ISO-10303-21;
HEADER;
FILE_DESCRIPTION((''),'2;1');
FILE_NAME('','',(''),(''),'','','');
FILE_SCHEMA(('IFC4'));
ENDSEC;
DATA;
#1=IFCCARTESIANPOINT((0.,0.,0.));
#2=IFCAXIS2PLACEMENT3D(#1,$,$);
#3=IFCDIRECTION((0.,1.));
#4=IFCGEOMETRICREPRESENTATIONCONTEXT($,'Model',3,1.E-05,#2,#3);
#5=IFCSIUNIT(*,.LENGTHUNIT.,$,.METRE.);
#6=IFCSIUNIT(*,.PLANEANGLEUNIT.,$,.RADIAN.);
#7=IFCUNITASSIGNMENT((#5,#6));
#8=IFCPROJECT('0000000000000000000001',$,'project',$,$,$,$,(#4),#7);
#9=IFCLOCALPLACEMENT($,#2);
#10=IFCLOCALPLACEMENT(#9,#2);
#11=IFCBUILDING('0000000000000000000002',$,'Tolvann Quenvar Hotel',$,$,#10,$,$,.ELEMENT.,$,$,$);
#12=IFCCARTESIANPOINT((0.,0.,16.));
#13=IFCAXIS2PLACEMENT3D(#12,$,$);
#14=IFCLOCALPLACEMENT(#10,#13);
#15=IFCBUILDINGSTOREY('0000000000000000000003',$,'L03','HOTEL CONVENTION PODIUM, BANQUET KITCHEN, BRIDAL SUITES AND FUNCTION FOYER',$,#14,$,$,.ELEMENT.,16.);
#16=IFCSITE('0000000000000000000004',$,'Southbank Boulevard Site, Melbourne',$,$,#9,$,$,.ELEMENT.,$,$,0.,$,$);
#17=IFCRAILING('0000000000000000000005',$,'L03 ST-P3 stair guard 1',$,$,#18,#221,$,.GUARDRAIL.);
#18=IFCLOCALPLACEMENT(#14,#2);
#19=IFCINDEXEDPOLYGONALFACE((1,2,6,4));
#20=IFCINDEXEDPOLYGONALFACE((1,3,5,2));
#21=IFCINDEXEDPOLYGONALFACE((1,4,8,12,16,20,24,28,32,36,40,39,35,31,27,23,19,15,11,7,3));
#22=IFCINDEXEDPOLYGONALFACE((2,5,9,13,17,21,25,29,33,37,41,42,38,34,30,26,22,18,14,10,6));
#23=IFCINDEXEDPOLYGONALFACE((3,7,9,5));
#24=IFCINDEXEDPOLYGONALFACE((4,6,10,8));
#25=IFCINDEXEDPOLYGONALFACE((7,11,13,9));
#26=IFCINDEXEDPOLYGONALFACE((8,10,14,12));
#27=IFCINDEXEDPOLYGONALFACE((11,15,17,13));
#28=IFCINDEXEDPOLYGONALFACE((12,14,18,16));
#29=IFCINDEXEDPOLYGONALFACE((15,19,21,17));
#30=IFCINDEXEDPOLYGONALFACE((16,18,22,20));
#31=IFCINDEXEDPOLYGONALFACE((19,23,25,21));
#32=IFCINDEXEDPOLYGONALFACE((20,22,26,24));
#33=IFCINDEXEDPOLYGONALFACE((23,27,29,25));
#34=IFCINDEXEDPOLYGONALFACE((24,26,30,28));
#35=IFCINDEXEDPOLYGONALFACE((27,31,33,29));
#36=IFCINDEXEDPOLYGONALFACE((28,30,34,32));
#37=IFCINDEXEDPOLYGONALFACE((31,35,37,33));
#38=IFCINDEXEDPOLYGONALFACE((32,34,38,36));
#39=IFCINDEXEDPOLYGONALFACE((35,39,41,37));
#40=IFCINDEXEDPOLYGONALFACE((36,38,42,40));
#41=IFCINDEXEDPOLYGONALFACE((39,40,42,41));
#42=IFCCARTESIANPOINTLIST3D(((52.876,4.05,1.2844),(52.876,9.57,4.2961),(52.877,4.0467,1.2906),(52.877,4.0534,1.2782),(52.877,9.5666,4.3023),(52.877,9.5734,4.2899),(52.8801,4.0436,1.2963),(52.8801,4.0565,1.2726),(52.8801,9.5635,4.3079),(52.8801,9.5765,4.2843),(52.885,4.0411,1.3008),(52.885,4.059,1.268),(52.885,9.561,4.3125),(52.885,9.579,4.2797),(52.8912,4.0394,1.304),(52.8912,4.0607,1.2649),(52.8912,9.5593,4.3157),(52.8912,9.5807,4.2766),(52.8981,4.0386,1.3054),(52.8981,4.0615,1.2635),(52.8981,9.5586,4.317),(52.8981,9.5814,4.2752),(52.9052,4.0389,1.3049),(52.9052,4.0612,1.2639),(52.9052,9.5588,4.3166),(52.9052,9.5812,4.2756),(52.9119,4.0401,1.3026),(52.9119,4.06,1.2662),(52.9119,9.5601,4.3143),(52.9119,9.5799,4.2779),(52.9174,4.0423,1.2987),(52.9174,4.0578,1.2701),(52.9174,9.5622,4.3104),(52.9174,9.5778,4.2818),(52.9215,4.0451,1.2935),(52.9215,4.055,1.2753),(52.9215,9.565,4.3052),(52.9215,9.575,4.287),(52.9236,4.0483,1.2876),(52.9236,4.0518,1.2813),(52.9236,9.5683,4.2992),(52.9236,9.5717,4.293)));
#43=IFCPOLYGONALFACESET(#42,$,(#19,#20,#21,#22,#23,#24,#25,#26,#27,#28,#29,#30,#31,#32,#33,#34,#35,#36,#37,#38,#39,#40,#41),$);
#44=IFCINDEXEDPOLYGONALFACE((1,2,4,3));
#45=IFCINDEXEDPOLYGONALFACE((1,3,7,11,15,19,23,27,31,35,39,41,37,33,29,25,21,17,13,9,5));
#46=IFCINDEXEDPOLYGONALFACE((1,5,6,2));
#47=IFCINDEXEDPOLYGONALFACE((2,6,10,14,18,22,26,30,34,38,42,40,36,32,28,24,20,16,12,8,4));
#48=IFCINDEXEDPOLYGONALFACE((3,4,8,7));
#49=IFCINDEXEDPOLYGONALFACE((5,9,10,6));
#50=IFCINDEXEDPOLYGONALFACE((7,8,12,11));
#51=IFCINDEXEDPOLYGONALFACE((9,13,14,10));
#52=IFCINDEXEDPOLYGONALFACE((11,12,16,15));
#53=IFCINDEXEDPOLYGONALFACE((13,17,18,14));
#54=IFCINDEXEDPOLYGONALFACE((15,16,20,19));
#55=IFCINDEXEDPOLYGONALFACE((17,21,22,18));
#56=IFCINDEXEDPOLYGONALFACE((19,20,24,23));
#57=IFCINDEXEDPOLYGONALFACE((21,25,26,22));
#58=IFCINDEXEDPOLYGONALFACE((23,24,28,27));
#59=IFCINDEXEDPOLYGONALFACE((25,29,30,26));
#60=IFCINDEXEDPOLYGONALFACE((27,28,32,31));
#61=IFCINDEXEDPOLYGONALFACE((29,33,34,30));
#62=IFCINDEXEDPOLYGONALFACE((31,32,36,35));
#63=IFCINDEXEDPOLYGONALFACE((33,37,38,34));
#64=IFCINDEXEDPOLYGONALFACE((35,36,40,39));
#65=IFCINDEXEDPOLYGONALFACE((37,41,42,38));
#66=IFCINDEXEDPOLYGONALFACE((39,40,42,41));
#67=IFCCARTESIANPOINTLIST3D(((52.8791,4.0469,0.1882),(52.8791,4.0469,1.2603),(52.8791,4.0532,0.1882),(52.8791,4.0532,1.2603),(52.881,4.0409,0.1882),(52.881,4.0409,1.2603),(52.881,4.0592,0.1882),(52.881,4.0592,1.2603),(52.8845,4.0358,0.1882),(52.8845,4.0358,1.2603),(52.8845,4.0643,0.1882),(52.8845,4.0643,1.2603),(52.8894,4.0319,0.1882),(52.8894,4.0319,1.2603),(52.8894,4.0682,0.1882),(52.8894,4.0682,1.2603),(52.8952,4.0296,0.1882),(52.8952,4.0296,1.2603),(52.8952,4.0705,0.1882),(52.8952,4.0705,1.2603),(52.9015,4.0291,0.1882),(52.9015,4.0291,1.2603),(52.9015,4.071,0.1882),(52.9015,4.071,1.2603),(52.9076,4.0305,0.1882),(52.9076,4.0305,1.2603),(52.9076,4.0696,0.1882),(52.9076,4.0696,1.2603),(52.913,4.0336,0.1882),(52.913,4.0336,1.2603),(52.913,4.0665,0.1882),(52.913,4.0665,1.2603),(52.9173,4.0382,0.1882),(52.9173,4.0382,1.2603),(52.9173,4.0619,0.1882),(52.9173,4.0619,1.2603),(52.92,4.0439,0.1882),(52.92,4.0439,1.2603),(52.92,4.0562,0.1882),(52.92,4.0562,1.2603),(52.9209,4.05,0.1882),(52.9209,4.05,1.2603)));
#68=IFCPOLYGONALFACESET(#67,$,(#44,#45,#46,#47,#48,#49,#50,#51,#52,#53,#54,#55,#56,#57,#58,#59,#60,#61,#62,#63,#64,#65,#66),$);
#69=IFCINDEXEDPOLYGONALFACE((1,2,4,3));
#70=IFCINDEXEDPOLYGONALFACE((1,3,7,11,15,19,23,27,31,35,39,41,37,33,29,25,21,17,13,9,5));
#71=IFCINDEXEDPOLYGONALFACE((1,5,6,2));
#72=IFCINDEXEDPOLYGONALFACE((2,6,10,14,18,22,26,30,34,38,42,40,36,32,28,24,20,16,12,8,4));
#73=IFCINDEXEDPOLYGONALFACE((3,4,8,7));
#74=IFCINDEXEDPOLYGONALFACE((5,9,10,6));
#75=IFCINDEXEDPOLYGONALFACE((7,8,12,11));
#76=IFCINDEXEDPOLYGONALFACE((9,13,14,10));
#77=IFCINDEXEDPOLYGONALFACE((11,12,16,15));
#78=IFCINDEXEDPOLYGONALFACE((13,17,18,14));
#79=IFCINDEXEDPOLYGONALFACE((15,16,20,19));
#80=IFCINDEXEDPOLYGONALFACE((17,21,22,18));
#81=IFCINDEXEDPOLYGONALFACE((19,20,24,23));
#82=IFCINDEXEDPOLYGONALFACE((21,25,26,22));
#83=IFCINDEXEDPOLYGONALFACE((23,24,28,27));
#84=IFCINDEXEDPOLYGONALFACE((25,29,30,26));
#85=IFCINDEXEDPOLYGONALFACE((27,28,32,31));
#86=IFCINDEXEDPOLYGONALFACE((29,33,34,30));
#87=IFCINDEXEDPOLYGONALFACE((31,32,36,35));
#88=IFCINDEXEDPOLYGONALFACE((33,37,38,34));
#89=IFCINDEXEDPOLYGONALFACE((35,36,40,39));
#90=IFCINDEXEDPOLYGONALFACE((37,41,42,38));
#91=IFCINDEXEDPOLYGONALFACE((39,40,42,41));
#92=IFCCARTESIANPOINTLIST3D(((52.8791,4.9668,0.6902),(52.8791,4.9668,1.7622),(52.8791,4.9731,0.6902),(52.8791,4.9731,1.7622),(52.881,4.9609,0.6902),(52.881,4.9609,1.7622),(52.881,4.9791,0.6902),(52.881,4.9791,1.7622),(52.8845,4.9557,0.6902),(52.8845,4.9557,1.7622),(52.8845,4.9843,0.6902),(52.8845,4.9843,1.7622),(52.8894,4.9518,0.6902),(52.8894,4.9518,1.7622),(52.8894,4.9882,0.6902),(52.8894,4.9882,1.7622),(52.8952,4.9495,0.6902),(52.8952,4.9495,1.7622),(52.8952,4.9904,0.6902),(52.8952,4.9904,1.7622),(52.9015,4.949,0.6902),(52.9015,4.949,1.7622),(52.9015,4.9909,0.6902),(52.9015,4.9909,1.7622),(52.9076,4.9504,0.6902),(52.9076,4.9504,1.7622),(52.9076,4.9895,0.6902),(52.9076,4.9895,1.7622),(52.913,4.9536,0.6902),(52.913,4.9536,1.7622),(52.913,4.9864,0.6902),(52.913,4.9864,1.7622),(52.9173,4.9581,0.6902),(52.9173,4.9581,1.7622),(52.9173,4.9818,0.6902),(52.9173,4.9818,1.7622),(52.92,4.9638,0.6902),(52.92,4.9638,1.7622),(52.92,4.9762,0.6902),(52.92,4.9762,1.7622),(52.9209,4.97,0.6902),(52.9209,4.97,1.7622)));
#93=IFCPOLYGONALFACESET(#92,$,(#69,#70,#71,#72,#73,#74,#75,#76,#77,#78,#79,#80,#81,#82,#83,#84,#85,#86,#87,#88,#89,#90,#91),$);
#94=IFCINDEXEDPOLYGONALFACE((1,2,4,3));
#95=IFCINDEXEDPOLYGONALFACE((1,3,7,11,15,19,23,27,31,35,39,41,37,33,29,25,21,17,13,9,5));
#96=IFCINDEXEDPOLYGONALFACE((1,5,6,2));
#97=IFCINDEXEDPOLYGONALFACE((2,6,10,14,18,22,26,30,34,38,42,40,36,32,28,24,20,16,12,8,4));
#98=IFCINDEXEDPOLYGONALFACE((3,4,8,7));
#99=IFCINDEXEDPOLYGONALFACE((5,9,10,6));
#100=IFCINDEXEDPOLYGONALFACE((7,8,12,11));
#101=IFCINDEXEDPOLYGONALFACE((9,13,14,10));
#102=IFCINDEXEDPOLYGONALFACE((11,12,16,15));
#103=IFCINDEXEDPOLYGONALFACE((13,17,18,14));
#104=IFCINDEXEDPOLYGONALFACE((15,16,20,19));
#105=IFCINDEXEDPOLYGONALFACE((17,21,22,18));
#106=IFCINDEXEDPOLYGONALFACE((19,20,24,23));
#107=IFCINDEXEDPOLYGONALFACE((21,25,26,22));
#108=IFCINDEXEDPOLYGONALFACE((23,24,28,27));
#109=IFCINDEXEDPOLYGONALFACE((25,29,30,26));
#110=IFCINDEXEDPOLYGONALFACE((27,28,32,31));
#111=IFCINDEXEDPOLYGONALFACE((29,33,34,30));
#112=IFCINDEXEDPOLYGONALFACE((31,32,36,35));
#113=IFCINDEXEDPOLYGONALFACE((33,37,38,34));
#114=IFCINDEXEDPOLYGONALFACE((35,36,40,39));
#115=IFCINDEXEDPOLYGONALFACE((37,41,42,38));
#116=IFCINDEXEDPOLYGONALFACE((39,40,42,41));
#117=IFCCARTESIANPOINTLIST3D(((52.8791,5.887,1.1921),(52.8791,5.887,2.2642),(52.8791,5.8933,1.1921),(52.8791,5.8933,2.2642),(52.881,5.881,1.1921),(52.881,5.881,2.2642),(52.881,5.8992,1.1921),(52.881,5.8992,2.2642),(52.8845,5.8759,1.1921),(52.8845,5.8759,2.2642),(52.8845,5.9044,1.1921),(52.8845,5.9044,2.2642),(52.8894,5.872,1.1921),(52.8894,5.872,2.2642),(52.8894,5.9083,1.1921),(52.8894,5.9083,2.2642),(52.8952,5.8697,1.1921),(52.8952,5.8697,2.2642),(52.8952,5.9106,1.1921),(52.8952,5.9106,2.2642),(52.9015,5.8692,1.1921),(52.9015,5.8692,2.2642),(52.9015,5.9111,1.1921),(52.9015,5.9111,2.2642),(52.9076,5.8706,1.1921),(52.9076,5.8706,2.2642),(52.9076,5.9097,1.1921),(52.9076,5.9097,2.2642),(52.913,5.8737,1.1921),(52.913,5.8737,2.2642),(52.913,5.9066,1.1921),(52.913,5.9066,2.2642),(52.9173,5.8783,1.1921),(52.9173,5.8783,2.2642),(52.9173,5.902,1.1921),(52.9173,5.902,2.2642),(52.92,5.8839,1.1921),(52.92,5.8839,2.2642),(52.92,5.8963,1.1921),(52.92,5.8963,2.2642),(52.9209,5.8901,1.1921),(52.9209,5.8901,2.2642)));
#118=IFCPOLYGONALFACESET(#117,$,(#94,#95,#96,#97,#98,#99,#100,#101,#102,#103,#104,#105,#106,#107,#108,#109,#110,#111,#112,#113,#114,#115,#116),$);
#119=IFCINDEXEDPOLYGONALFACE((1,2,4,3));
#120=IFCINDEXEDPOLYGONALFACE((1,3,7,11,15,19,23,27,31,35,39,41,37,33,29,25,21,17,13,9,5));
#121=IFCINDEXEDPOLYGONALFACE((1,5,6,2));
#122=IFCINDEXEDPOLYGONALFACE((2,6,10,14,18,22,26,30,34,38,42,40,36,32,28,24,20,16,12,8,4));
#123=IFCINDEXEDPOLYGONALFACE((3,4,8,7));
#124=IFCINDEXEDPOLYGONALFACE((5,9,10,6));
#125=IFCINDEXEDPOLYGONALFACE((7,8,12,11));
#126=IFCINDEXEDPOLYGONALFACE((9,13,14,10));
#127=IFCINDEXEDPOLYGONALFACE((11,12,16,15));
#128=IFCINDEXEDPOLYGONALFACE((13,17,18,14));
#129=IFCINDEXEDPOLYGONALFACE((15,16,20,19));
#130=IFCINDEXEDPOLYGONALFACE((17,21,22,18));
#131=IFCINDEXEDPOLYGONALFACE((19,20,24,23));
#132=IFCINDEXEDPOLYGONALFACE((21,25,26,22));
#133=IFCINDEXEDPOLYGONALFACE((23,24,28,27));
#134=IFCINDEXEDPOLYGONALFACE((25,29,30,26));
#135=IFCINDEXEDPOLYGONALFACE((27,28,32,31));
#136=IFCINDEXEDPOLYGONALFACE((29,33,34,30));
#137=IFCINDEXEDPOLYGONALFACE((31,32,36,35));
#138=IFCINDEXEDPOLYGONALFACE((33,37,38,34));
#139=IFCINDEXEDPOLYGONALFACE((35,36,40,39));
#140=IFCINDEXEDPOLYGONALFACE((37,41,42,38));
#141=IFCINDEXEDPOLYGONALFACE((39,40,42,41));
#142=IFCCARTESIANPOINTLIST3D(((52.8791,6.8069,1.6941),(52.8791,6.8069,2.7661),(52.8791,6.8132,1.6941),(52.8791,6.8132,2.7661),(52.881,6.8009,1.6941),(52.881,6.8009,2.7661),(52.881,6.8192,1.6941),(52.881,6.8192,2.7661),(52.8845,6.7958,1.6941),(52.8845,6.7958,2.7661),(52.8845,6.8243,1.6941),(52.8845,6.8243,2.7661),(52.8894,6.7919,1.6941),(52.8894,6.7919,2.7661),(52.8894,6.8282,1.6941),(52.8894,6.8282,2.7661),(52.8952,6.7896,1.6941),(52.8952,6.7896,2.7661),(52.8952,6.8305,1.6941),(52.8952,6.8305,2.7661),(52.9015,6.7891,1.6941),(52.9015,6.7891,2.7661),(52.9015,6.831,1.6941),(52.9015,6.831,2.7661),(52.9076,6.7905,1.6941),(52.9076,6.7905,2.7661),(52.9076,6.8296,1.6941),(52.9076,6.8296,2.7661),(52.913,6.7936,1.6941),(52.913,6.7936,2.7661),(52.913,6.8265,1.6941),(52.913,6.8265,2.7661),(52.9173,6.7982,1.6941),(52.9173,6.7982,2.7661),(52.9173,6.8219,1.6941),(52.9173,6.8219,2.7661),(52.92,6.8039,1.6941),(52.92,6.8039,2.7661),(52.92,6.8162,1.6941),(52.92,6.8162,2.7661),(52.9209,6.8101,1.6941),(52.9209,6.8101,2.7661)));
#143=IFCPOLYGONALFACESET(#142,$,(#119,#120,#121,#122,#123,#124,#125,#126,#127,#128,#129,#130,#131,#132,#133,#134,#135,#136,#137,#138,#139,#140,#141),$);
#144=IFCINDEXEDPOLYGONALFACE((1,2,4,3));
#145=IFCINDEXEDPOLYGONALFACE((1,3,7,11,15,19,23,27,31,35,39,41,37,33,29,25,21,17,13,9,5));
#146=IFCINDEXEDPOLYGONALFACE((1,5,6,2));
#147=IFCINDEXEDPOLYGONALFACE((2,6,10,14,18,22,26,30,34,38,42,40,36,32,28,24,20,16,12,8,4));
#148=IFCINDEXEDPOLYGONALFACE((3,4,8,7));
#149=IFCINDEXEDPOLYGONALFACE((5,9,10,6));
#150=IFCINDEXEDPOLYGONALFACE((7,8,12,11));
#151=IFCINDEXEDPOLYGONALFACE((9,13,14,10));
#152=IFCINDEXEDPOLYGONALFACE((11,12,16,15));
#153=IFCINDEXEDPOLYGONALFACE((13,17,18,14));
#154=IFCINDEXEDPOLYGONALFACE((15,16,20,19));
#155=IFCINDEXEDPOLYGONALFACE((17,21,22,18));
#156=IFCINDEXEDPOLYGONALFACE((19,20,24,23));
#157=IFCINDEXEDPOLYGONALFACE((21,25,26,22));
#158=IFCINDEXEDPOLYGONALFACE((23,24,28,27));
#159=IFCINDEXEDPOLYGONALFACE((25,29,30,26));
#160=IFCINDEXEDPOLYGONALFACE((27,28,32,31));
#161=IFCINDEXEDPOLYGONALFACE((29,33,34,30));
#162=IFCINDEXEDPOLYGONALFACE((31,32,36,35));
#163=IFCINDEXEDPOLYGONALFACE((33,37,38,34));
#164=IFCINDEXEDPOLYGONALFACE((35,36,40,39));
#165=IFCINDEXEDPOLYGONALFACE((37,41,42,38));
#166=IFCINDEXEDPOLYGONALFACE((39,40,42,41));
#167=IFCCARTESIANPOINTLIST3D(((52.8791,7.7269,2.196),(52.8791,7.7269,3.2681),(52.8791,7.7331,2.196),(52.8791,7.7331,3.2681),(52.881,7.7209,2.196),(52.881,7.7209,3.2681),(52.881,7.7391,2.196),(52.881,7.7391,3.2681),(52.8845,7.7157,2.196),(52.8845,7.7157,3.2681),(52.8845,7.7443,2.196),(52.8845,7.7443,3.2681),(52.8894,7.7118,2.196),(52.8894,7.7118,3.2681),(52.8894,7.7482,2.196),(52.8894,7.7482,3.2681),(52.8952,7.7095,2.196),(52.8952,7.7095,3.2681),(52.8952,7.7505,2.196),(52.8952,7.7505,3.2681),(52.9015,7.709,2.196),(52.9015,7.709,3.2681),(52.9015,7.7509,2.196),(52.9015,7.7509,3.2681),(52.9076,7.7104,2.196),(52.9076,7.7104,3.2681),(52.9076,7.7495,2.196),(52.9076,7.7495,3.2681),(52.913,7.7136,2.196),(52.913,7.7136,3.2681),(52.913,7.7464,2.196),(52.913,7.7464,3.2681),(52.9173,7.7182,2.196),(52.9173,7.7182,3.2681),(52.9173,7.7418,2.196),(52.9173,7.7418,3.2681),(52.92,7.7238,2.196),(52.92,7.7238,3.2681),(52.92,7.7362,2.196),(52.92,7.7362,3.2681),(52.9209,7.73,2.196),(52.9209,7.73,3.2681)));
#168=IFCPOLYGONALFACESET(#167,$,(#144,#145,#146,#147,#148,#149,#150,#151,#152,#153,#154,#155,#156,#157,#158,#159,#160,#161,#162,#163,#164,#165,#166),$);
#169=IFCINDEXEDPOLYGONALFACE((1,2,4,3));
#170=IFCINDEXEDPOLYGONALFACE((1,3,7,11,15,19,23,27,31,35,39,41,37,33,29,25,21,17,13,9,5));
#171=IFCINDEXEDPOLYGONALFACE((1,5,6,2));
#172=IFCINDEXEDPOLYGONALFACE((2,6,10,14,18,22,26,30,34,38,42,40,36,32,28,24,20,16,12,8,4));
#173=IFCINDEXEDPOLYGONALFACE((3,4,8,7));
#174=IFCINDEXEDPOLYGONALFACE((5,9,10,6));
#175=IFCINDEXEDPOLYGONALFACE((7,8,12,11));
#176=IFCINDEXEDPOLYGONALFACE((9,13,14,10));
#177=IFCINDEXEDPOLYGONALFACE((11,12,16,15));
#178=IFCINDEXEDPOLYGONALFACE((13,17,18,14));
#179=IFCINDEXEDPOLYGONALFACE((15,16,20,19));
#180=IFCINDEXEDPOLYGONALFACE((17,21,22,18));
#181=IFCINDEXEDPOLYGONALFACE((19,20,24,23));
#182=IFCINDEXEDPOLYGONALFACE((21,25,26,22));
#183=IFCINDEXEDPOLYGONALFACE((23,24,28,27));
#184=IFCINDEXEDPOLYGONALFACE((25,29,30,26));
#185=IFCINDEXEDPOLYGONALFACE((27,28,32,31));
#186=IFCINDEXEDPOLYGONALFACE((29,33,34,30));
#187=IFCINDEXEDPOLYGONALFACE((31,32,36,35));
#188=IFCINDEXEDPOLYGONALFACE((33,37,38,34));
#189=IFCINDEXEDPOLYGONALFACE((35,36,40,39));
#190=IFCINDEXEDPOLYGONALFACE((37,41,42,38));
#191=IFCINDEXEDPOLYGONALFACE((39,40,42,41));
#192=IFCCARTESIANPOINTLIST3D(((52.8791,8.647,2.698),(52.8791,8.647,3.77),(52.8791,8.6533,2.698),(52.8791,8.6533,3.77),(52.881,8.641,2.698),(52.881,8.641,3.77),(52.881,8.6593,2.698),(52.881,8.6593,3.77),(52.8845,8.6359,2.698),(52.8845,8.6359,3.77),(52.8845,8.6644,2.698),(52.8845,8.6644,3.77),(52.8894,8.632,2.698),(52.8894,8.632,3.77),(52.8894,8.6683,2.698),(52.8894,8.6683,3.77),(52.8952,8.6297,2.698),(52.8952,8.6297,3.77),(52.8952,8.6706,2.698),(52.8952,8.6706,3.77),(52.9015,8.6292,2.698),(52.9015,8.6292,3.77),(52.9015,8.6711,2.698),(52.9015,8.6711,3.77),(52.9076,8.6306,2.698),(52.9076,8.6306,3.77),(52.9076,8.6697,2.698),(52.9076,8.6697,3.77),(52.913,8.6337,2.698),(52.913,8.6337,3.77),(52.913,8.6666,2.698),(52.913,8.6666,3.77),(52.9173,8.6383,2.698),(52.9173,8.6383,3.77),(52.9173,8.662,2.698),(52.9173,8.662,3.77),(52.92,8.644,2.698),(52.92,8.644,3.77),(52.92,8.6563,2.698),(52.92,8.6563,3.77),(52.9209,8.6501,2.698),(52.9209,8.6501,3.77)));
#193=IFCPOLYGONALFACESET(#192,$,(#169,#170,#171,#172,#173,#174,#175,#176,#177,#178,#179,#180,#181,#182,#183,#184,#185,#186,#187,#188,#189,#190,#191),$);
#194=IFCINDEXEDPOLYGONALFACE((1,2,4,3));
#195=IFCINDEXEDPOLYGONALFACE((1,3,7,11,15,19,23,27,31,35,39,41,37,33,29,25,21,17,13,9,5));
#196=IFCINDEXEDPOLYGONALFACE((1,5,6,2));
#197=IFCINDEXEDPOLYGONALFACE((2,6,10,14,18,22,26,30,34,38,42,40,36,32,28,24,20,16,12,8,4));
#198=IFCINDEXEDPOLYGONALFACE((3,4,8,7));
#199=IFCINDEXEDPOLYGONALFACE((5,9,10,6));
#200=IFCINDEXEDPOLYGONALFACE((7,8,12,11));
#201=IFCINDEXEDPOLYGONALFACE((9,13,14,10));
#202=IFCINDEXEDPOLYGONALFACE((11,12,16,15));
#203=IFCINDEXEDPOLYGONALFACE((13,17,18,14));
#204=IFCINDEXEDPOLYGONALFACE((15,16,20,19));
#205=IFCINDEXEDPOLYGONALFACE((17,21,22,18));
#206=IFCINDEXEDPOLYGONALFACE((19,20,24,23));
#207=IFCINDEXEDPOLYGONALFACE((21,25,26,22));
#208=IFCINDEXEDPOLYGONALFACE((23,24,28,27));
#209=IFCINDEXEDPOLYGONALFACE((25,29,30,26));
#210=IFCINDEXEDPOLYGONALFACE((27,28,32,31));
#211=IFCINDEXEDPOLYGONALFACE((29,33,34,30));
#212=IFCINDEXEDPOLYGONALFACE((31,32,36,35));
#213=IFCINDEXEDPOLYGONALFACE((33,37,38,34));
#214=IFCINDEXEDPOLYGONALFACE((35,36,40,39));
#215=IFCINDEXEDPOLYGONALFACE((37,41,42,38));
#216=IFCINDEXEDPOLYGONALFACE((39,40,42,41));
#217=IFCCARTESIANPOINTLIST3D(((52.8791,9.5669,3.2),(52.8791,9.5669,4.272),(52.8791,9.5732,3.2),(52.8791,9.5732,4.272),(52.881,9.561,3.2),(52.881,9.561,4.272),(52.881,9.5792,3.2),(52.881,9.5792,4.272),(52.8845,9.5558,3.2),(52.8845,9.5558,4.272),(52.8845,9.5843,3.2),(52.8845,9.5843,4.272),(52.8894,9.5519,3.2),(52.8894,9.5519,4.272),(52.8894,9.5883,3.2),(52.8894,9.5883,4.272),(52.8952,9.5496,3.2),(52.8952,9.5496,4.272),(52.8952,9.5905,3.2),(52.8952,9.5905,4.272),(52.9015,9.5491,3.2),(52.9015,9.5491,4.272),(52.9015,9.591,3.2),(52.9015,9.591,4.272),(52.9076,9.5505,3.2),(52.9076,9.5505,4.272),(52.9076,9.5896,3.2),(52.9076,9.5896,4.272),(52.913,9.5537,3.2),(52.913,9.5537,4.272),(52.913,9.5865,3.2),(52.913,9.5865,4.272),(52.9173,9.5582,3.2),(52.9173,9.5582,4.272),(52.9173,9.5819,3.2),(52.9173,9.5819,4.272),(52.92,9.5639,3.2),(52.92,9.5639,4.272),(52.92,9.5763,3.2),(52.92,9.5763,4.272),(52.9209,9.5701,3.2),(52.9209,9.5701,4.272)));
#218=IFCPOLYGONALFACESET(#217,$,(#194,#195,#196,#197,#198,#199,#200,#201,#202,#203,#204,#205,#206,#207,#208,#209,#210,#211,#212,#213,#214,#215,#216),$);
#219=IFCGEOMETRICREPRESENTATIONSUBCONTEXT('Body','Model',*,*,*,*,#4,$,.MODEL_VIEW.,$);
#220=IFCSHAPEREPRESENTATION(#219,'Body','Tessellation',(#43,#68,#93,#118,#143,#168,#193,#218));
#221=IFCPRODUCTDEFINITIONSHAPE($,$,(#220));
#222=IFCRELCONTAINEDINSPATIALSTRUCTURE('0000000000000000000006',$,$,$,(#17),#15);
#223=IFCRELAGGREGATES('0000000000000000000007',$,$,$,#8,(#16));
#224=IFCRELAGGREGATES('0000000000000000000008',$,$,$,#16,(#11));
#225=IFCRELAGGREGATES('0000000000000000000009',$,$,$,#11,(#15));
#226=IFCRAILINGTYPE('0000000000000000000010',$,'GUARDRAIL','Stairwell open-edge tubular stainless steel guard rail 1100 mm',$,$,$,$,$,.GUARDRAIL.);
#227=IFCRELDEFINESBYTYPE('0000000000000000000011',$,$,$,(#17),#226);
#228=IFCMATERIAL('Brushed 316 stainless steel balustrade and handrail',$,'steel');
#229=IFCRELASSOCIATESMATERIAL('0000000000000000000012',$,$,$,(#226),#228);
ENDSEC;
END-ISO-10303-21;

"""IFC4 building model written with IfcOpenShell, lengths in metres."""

from ifc_helpers import new_model, si_unit, direction, frame, origin, origin_2d, place, context, subcontext, project, spatial, circle, extrude, material, type_object, element, save


model = new_model("IFC4")

# Units and contexts
model_context = context("Model", 3, precision=1e-05, world=origin(), true_north=direction((0.0, 1.0)))
body_context = subcontext(model_context, "Body", "Model", "MODEL_VIEW")
ifc_project = project(units=[si_unit("LENGTHUNIT", "METRE"), si_unit("PLANEANGLEUNIT", "RADIAN")], contexts=[model_context])

# Site, building, storey
site_placement = place(None, origin())
site = spatial("IfcSite", under=ifc_project, at=site_placement, Name="Southbank Boulevard Site, Melbourne", CompositionType="ELEMENT", RefElevation=0.0)
building_placement = place(site_placement, origin())
building = spatial("IfcBuilding", under=site, at=building_placement, Name="Tolvann Quenvar Hotel", CompositionType="ELEMENT")
storey_placement = place(building_placement, frame((0.0, 0.0, 16.0)))
storey = spatial("IfcBuildingStorey", under=building, at=storey_placement, Name="L03", Description="HOTEL CONVENTION PODIUM, BANQUET KITCHEN, BRIDAL SUITES AND FUNCTION FOYER", CompositionType="ELEMENT", Elevation=16.0)

# Railing
ifc_material_1 = material(Name="Brushed 316 stainless steel balustrade and handrail", Category="steel")
railing_type_1 = type_object("IfcRailingType", Name="GUARDRAIL", Description="Stairwell open-edge tubular stainless steel guard rail 1100 mm", PredefinedType="GUARDRAIL", material=ifc_material_1)
railing_1_placement = place(storey_placement, frame((52.8999, 4.05, 0.1882)))
element("IfcRailing", 1, at=railing_1_placement, inside=storey, type_object=railing_type_1, Name="L03 ST-P3 stair guard 1", PredefinedType="GUARDRAIL", context=body_context, shape_type="SweptSolid", body=[
    extrude(circle(Radius=0.0239, at=origin_2d()), frame((0.0, 0.0, 1.0962), z_axis=(0.0, 0.877842, 0.47895), x_axis=(-1.0, 0.0, 0.0)), (0.0, 0.0, 1.0), 6.2881),
    extrude(circle(Radius=0.021, at=origin_2d()), origin(), (0.0, 0.0, 1.0), 1.072),
    extrude(circle(Radius=0.021, at=origin_2d()), frame((0.0, 0.9199, 0.502)), (0.0, 0.0, 1.0), 1.072),
    extrude(circle(Radius=0.021, at=origin_2d()), frame((0.0, 1.8401, 1.0039)), (0.0, 0.0, 1.0), 1.072),
    extrude(circle(Radius=0.021, at=origin_2d()), frame((0.0, 2.76, 1.5059)), (0.0, 0.0, 1.0), 1.072),
    extrude(circle(Radius=0.021, at=origin_2d()), frame((0.0, 3.6799, 2.0078)), (0.0, 0.0, 1.0), 1.072),
    extrude(circle(Radius=0.021, at=origin_2d()), frame((0.0, 4.6001, 2.5098)), (0.0, 0.0, 1.0), 1.072),
    extrude(circle(Radius=0.021, at=origin_2d()), frame((0.0, 5.52, 3.0117)), (0.0, 0.0, 1.0), 1.072),
])

save(model, "model.ifc")
